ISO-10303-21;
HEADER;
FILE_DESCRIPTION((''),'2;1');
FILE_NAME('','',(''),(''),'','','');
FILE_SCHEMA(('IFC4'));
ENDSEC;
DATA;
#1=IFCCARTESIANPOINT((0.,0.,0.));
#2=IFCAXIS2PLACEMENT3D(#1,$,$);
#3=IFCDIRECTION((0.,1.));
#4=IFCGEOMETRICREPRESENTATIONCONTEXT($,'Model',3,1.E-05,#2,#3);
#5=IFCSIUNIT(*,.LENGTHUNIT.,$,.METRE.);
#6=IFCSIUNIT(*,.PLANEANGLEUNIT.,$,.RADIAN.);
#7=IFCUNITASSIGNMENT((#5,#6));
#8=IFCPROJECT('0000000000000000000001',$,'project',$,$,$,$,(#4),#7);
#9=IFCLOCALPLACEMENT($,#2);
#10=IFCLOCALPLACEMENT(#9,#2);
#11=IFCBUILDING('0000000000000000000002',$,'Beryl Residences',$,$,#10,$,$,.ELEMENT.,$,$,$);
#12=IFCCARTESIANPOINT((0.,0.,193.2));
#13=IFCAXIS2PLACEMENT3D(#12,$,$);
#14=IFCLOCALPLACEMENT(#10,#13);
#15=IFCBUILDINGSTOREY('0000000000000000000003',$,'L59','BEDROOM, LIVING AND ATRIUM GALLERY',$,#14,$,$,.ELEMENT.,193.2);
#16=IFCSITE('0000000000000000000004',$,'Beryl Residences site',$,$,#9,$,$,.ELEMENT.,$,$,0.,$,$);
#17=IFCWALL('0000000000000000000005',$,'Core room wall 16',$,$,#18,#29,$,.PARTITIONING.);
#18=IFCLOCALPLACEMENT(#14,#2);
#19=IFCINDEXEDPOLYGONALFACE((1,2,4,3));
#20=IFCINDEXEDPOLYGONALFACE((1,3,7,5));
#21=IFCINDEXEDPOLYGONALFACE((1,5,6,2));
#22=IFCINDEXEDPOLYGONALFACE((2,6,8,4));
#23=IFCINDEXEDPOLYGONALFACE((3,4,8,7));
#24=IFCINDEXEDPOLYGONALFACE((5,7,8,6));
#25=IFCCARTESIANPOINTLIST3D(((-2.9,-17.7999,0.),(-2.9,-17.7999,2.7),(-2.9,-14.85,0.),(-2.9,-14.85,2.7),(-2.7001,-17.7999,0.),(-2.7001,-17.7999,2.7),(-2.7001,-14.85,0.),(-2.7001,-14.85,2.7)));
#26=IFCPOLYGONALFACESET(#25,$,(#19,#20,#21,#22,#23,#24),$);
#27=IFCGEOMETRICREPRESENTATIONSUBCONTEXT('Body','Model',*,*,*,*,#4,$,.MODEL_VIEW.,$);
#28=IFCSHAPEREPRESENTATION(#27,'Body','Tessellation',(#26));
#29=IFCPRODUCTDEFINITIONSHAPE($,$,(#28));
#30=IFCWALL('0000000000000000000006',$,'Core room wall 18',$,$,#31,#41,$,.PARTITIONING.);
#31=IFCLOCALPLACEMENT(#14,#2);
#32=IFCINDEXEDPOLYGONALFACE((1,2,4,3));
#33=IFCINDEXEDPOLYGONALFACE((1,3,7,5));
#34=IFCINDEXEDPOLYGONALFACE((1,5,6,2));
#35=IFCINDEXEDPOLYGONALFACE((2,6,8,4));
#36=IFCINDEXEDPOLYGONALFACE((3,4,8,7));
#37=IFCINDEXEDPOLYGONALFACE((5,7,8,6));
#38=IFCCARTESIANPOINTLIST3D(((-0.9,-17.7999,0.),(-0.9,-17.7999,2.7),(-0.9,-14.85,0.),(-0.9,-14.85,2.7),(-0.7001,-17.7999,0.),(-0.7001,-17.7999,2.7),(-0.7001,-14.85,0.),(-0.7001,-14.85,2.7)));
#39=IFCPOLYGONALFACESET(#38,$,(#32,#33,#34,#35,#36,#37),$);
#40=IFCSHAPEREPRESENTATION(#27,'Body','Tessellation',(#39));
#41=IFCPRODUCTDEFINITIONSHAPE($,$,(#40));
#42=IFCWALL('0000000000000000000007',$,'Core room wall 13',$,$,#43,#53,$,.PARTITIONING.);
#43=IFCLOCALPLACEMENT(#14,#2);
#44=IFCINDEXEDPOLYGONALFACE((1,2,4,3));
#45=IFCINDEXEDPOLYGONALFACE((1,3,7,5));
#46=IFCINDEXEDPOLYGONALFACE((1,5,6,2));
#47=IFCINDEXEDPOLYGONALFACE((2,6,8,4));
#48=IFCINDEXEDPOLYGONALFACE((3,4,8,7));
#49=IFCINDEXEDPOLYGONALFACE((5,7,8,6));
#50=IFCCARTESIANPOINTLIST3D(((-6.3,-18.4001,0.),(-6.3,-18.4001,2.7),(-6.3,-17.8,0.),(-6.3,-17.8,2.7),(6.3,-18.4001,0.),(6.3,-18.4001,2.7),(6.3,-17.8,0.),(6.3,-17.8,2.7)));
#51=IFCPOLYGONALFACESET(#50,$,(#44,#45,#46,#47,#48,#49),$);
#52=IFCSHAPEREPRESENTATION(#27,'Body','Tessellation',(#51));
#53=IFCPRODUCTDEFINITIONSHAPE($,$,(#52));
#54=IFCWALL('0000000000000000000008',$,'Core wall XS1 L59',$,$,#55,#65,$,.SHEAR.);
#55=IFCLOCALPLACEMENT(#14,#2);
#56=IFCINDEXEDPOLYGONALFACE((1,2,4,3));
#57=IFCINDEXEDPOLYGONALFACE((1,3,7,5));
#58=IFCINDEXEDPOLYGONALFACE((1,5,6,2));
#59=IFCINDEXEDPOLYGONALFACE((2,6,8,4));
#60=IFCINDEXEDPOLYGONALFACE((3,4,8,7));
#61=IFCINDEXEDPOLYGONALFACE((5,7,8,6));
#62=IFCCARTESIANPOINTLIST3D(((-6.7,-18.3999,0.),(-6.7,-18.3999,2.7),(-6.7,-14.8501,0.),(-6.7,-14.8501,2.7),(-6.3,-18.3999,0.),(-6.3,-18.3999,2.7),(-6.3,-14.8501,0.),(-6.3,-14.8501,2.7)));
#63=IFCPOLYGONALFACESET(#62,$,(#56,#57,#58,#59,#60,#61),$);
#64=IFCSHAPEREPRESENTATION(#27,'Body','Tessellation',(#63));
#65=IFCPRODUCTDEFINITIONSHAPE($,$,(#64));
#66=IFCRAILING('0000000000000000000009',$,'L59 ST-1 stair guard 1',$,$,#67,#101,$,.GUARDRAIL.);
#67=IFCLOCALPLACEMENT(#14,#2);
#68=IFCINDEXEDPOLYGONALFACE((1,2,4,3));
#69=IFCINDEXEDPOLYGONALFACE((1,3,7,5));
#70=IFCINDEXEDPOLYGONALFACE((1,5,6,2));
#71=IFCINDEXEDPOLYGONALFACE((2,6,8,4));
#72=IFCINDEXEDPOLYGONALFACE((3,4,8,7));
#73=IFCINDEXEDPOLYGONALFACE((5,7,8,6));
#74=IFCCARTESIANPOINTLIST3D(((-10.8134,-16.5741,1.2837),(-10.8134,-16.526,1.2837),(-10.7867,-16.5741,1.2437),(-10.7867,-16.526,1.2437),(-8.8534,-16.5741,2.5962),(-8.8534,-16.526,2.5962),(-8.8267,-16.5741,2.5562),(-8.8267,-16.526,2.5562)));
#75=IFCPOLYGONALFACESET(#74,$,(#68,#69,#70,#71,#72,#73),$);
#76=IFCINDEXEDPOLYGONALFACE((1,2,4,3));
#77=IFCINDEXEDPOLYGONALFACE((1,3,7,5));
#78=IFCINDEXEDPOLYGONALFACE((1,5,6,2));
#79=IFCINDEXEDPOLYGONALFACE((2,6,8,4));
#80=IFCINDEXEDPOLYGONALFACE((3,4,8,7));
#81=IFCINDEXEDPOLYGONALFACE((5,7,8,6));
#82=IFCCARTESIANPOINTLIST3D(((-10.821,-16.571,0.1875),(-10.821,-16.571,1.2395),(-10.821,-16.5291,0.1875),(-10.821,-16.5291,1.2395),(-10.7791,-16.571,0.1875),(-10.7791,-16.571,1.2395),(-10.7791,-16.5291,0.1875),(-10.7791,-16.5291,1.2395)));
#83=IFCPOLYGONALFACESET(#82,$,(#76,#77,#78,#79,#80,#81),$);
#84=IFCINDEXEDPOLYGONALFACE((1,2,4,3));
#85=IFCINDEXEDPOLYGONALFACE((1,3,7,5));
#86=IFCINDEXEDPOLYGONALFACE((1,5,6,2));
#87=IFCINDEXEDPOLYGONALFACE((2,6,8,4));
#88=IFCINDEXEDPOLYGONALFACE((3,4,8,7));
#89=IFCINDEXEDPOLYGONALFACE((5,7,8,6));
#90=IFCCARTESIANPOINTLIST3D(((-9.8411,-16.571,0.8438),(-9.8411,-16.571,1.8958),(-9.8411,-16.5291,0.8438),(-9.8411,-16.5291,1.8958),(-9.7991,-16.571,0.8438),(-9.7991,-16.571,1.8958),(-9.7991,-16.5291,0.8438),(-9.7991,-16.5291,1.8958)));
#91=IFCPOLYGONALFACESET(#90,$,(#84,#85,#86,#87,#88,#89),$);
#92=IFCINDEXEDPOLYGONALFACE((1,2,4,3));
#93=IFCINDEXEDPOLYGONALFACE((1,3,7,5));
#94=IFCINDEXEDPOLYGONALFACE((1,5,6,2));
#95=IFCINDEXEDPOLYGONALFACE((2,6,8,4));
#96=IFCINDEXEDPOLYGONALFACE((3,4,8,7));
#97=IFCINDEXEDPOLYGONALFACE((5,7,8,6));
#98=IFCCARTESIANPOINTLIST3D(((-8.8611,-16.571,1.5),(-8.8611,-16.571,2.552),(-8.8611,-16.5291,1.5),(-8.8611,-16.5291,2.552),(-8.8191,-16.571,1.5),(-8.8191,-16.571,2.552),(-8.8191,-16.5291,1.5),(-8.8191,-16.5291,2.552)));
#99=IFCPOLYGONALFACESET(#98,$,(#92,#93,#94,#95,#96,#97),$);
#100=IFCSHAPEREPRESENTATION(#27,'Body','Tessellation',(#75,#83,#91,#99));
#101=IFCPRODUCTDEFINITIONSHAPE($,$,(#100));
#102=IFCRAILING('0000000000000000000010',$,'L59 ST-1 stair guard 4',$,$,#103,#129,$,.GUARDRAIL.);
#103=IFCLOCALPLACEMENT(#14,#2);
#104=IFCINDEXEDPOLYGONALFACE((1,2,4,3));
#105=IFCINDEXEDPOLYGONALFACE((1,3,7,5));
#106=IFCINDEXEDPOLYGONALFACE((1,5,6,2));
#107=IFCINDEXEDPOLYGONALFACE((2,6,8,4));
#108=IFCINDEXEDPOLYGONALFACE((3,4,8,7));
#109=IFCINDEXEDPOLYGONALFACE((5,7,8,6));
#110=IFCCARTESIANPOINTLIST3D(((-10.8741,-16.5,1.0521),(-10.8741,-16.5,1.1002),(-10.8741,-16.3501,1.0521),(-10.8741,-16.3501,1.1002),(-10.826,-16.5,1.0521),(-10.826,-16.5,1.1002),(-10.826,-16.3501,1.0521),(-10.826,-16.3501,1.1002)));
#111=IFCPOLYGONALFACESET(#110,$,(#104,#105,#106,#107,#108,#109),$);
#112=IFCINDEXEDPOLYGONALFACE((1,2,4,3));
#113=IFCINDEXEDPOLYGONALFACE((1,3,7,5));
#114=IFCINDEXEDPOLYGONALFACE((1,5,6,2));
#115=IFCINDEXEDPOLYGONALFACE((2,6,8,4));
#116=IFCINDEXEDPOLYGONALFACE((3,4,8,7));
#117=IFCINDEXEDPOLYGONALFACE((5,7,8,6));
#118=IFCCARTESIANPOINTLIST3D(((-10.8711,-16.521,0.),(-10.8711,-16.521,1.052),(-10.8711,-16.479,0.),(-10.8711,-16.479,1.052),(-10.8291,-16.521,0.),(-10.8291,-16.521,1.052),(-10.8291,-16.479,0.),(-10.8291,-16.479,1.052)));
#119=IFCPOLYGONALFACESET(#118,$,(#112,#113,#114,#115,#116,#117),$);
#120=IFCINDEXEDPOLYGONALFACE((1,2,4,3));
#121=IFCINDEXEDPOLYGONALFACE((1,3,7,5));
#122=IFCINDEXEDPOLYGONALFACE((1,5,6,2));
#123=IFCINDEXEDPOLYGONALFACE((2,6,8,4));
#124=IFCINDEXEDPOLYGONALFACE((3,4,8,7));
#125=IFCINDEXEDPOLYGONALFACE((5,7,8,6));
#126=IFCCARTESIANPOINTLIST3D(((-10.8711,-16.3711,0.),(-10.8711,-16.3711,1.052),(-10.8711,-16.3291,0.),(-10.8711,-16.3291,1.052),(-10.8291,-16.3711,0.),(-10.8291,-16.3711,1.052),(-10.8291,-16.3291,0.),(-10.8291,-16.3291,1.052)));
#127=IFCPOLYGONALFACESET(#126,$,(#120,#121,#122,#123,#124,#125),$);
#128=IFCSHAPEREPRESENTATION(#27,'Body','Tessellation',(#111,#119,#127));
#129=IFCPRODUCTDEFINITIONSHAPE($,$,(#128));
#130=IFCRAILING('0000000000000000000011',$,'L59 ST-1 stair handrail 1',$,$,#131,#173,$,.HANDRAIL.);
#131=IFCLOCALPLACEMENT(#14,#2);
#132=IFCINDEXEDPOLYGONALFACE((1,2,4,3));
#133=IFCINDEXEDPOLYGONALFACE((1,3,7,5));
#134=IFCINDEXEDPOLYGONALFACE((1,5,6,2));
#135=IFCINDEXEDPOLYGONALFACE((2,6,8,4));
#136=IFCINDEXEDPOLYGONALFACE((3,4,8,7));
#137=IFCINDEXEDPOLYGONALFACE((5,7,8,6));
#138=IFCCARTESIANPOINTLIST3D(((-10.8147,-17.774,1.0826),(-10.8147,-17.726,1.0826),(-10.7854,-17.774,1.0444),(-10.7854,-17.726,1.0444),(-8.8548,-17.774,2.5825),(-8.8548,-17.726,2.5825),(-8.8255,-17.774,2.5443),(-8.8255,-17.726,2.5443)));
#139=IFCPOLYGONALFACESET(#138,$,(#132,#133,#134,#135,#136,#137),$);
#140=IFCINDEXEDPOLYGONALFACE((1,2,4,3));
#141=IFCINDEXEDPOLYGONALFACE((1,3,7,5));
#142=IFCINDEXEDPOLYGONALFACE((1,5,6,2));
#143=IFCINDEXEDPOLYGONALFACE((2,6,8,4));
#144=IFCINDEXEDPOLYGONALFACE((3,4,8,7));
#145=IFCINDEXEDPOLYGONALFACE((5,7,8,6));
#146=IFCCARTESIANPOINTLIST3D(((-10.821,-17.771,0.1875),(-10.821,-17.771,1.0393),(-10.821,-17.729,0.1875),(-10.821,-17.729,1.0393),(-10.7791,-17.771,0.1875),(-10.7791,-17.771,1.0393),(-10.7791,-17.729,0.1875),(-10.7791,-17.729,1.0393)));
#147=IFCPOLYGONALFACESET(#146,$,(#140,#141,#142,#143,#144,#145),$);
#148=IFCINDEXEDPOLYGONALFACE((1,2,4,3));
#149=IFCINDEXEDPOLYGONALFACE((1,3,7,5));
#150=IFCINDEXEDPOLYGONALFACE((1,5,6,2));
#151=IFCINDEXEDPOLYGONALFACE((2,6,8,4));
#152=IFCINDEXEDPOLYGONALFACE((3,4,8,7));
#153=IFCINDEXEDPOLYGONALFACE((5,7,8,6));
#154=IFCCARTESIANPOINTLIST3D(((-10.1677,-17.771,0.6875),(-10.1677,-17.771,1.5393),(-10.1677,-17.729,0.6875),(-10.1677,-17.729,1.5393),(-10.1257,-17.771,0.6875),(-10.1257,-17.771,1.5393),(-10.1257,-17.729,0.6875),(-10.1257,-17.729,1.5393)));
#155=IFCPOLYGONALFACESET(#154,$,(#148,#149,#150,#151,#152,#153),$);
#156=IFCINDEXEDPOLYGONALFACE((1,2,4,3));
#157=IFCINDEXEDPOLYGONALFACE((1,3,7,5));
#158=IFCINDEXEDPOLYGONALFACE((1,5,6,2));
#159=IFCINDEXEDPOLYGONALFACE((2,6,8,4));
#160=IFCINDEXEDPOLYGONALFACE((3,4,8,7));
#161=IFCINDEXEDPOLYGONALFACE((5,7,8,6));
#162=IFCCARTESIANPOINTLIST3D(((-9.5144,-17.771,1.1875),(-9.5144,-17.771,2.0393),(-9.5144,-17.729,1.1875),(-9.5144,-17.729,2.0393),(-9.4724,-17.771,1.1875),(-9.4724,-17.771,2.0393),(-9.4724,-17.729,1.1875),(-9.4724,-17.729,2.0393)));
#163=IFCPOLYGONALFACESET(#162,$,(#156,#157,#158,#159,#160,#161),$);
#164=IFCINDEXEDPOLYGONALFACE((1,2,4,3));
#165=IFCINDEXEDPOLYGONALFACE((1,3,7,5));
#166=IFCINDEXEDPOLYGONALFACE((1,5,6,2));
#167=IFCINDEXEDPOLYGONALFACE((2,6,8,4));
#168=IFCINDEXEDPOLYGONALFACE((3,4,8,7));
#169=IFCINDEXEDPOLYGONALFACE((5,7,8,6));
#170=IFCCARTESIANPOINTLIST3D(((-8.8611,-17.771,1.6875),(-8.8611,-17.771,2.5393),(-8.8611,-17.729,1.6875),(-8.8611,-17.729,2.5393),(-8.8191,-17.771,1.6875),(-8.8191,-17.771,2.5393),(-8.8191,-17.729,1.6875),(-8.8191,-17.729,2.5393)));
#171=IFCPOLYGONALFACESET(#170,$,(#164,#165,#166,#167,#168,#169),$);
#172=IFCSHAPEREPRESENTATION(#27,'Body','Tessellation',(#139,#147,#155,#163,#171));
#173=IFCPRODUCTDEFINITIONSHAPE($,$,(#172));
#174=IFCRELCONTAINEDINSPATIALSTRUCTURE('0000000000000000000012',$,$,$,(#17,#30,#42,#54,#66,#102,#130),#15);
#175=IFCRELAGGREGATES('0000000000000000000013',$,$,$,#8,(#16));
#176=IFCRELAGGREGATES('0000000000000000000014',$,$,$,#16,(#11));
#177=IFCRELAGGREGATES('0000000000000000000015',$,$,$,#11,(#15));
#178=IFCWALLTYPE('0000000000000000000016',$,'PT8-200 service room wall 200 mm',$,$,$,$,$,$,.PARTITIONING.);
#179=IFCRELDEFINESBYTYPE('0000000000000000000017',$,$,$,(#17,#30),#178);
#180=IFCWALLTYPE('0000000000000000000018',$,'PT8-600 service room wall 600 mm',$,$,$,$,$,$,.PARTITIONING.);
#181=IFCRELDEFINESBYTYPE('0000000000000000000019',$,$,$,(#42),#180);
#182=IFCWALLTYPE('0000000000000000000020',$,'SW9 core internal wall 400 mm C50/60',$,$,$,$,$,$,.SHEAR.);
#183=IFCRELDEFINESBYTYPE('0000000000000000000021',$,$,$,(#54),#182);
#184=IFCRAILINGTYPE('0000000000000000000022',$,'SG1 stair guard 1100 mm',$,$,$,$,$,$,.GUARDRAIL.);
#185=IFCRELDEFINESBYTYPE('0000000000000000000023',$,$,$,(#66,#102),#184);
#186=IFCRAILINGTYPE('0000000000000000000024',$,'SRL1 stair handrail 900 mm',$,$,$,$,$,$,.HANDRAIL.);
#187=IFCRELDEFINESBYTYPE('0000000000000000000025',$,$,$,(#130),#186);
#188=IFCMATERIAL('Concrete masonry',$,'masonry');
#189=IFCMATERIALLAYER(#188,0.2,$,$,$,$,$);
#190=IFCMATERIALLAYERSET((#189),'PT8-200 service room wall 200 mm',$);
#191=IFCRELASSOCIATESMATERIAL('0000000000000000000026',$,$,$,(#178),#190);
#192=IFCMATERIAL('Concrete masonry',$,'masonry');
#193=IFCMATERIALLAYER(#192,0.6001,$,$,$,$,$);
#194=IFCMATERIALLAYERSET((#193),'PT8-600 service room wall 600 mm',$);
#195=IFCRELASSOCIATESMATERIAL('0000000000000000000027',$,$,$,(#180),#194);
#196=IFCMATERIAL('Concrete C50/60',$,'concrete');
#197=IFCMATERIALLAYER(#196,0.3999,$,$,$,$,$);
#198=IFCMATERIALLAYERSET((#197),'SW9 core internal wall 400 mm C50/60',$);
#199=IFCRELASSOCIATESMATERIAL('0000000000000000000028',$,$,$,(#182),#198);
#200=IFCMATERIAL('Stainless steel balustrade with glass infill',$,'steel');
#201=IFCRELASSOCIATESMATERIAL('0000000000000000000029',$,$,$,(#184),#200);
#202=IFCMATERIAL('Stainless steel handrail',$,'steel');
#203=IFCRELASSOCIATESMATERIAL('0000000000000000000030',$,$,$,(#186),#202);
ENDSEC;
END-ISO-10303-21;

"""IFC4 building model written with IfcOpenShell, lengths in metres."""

from ifc_helpers import new_model, si_unit, direction, frame, frame_2d, origin, origin_2d, place, context, subcontext, project, spatial, rectangle, extrude, material, layer, layer_set, type_object, element, save


model = new_model("IFC4")

# Units and contexts
model_context = context("Model", 3, precision=1e-05, world=origin(), true_north=direction((0.0, 1.0)))
body_context = subcontext(model_context, "Body", "Model", "MODEL_VIEW")
ifc_project = project(units=[si_unit("LENGTHUNIT", "METRE"), si_unit("PLANEANGLEUNIT", "RADIAN")], contexts=[model_context])

# Site, building, storey
site_placement = place(None, origin())
site = spatial("IfcSite", under=ifc_project, at=site_placement, Name="Beryl Residences site", CompositionType="ELEMENT", RefElevation=0.0)
building_placement = place(site_placement, origin())
building = spatial("IfcBuilding", under=site, at=building_placement, Name="Beryl Residences", CompositionType="ELEMENT")
storey_placement = place(building_placement, frame((0.0, 0.0, 193.2)))
storey = spatial("IfcBuildingStorey", under=building, at=storey_placement, Name="L59", Description="BEDROOM, LIVING AND ATRIUM GALLERY", CompositionType="ELEMENT", Elevation=193.2)

# Walls
ifc_material_1 = material(Name="Concrete masonry", Category="masonry")
ifc_layer_1 = layer(ifc_material_1, 0.2)
ifc_layer_set_1 = layer_set([ifc_layer_1], Name="PT8-200 service room wall 200 mm")
wall_type_1 = type_object("IfcWallType", Name="PT8-200 service room wall 200 mm", PredefinedType="PARTITIONING", material=ifc_layer_set_1)
for number, where, z_axis, x_axis, name in (
    (1, (-2.8, -17.8, 0.0), (0.0, 0.0, 1.0), (0.0, 1.0, 0.0), "Core room wall 16"),
    (2, (-0.8, -17.8, 0.0), (0.0, 0.0, 1.0), (0.0, 1.0, 0.0), "Core room wall 18"),
):
    element("IfcWall", number, at=place(storey_placement, frame(where, z_axis=z_axis, x_axis=x_axis)), inside=storey, type_object=wall_type_1, Name=name, PredefinedType="PARTITIONING", context=body_context, shape_type="SweptSolid", body=[
        extrude(rectangle(XDim=2.95, YDim=0.2, at=frame_2d((1.4751, 0.0))), origin(), (0.0, 0.0, 1.0), 2.7),
    ])
ifc_material_2 = material(Name="Concrete masonry", Category="masonry")
ifc_layer_2 = layer(ifc_material_2, 0.6001)
ifc_layer_set_2 = layer_set([ifc_layer_2], Name="PT8-600 service room wall 600 mm")
wall_type_2 = type_object("IfcWallType", Name="PT8-600 service room wall 600 mm", PredefinedType="PARTITIONING", material=ifc_layer_set_2)
wall_1_placement = place(storey_placement, frame((-6.3, -18.1001, 0.0), z_axis=(0.0, 0.0, 1.0), x_axis=(1.0, 0.0, 0.0)))
element("IfcWall", 3, at=wall_1_placement, inside=storey, type_object=wall_type_2, Name="Core room wall 13", PredefinedType="PARTITIONING", context=body_context, shape_type="SweptSolid", body=[
    extrude(rectangle(XDim=12.6001, YDim=0.6001, at=frame_2d((6.3, 0.0))), origin(), (0.0, 0.0, 1.0), 2.7),
])
ifc_material_3 = material(Name="Concrete C50/60", Category="concrete")
ifc_layer_3 = layer(ifc_material_3, 0.3999)
ifc_layer_set_3 = layer_set([ifc_layer_3], Name="SW9 core internal wall 400 mm C50/60")
wall_type_3 = type_object("IfcWallType", Name="SW9 core internal wall 400 mm C50/60", PredefinedType="SHEAR", material=ifc_layer_set_3)
wall_2_placement = place(storey_placement, frame((-6.5, -18.3999, 0.0), z_axis=(0.0, 0.0, 1.0), x_axis=(0.0, 1.0, 0.0)))
element("IfcWall", 4, at=wall_2_placement, inside=storey, type_object=wall_type_3, Name="Core wall XS1 L59", PredefinedType="SHEAR", context=body_context, shape_type="SweptSolid", body=[
    extrude(rectangle(XDim=3.5498, YDim=0.3999, at=frame_2d((1.7749, 0.0))), origin(), (0.0, 0.0, 1.0), 2.7),
])

# Railings
ifc_material_4 = material(Name="Stainless steel balustrade with glass infill", Category="steel")
railing_type_1 = type_object("IfcRailingType", Name="SG1 stair guard 1100 mm", PredefinedType="GUARDRAIL", material=ifc_material_4)
railing_1_placement = place(storey_placement, frame((-10.8, -16.55, 0.1875)))
element("IfcRailing", 5, at=railing_1_placement, inside=storey, type_object=railing_type_1, Name="L59 ST-1 stair guard 1", PredefinedType="GUARDRAIL", context=body_context, shape_type="SweptSolid", body=[
    extrude(rectangle(XDim=0.0481, YDim=0.0481, at=origin_2d()), frame((0.0, 0.0, 1.0762), z_axis=(0.830902, 0.0, 0.556419), x_axis=(0.0, 1.0, 0.0)), (0.0, 0.0, 1.0), 2.3589),
    extrude(rectangle(XDim=0.042, YDim=0.042, at=origin_2d()), origin(), (0.0, 0.0, 1.0), 1.052),
    extrude(rectangle(XDim=0.042, YDim=0.042, at=origin_2d()), frame((0.98, 0.0, 0.6562)), (0.0, 0.0, 1.0), 1.052),
    extrude(rectangle(XDim=0.042, YDim=0.042, at=origin_2d()), frame((1.96, 0.0, 1.3125)), (0.0, 0.0, 1.0), 1.052),
])
railing_2_placement = place(storey_placement, frame((-10.8501, -16.5, 0.0)))
element("IfcRailing", 6, at=railing_2_placement, inside=storey, type_object=railing_type_1, Name="L59 ST-1 stair guard 4", PredefinedType="GUARDRAIL", context=body_context, shape_type="SweptSolid", body=[
    extrude(rectangle(XDim=0.0481, YDim=0.0481, at=origin_2d()), frame((0.0, 0.0, 1.0762), z_axis=(0.0, 1.0, 0.0), x_axis=(-1.0, 0.0, 0.0)), (0.0, 0.0, 1.0), 0.1499),
    extrude(rectangle(XDim=0.042, YDim=0.042, at=origin_2d()), origin(), (0.0, 0.0, 1.0), 1.052),
    extrude(rectangle(XDim=0.042, YDim=0.042, at=origin_2d()), frame((0.0, 0.1499, 0.0)), (0.0, 0.0, 1.0), 1.052),
])
ifc_material_5 = material(Name="Stainless steel handrail", Category="steel")
railing_type_2 = type_object("IfcRailingType", Name="SRL1 stair handrail 900 mm", PredefinedType="HANDRAIL", material=ifc_material_5)
railing_3_placement = place(storey_placement, frame((-10.8, -17.75, 0.1875)))
element("IfcRailing", 7, at=railing_3_placement, inside=storey, type_object=railing_type_2, Name="L59 ST-1 stair handrail 1", PredefinedType="HANDRAIL", context=body_context, shape_type="SweptSolid", body=[
    extrude(rectangle(XDim=0.0481, YDim=0.0481, at=origin_2d()), frame((0.0, 0.0, 0.876), z_axis=(0.794122, 0.0, 0.607758), x_axis=(0.0, 1.0, 0.0)), (0.0, 0.0, 1.0), 2.468),
    extrude(rectangle(XDim=0.042, YDim=0.042, at=origin_2d()), origin(), (0.0, 0.0, 1.0), 0.8518),
    extrude(rectangle(XDim=0.042, YDim=0.042, at=origin_2d()), frame((0.6533, 0.0, 0.5)), (0.0, 0.0, 1.0), 0.8518),
    extrude(rectangle(XDim=0.042, YDim=0.042, at=origin_2d()), frame((1.3066, 0.0, 1.0)), (0.0, 0.0, 1.0), 0.8518),
    extrude(rectangle(XDim=0.042, YDim=0.042, at=origin_2d()), frame((1.96, 0.0, 1.5)), (0.0, 0.0, 1.0), 0.8518),
])

save(model, "model.ifc")
